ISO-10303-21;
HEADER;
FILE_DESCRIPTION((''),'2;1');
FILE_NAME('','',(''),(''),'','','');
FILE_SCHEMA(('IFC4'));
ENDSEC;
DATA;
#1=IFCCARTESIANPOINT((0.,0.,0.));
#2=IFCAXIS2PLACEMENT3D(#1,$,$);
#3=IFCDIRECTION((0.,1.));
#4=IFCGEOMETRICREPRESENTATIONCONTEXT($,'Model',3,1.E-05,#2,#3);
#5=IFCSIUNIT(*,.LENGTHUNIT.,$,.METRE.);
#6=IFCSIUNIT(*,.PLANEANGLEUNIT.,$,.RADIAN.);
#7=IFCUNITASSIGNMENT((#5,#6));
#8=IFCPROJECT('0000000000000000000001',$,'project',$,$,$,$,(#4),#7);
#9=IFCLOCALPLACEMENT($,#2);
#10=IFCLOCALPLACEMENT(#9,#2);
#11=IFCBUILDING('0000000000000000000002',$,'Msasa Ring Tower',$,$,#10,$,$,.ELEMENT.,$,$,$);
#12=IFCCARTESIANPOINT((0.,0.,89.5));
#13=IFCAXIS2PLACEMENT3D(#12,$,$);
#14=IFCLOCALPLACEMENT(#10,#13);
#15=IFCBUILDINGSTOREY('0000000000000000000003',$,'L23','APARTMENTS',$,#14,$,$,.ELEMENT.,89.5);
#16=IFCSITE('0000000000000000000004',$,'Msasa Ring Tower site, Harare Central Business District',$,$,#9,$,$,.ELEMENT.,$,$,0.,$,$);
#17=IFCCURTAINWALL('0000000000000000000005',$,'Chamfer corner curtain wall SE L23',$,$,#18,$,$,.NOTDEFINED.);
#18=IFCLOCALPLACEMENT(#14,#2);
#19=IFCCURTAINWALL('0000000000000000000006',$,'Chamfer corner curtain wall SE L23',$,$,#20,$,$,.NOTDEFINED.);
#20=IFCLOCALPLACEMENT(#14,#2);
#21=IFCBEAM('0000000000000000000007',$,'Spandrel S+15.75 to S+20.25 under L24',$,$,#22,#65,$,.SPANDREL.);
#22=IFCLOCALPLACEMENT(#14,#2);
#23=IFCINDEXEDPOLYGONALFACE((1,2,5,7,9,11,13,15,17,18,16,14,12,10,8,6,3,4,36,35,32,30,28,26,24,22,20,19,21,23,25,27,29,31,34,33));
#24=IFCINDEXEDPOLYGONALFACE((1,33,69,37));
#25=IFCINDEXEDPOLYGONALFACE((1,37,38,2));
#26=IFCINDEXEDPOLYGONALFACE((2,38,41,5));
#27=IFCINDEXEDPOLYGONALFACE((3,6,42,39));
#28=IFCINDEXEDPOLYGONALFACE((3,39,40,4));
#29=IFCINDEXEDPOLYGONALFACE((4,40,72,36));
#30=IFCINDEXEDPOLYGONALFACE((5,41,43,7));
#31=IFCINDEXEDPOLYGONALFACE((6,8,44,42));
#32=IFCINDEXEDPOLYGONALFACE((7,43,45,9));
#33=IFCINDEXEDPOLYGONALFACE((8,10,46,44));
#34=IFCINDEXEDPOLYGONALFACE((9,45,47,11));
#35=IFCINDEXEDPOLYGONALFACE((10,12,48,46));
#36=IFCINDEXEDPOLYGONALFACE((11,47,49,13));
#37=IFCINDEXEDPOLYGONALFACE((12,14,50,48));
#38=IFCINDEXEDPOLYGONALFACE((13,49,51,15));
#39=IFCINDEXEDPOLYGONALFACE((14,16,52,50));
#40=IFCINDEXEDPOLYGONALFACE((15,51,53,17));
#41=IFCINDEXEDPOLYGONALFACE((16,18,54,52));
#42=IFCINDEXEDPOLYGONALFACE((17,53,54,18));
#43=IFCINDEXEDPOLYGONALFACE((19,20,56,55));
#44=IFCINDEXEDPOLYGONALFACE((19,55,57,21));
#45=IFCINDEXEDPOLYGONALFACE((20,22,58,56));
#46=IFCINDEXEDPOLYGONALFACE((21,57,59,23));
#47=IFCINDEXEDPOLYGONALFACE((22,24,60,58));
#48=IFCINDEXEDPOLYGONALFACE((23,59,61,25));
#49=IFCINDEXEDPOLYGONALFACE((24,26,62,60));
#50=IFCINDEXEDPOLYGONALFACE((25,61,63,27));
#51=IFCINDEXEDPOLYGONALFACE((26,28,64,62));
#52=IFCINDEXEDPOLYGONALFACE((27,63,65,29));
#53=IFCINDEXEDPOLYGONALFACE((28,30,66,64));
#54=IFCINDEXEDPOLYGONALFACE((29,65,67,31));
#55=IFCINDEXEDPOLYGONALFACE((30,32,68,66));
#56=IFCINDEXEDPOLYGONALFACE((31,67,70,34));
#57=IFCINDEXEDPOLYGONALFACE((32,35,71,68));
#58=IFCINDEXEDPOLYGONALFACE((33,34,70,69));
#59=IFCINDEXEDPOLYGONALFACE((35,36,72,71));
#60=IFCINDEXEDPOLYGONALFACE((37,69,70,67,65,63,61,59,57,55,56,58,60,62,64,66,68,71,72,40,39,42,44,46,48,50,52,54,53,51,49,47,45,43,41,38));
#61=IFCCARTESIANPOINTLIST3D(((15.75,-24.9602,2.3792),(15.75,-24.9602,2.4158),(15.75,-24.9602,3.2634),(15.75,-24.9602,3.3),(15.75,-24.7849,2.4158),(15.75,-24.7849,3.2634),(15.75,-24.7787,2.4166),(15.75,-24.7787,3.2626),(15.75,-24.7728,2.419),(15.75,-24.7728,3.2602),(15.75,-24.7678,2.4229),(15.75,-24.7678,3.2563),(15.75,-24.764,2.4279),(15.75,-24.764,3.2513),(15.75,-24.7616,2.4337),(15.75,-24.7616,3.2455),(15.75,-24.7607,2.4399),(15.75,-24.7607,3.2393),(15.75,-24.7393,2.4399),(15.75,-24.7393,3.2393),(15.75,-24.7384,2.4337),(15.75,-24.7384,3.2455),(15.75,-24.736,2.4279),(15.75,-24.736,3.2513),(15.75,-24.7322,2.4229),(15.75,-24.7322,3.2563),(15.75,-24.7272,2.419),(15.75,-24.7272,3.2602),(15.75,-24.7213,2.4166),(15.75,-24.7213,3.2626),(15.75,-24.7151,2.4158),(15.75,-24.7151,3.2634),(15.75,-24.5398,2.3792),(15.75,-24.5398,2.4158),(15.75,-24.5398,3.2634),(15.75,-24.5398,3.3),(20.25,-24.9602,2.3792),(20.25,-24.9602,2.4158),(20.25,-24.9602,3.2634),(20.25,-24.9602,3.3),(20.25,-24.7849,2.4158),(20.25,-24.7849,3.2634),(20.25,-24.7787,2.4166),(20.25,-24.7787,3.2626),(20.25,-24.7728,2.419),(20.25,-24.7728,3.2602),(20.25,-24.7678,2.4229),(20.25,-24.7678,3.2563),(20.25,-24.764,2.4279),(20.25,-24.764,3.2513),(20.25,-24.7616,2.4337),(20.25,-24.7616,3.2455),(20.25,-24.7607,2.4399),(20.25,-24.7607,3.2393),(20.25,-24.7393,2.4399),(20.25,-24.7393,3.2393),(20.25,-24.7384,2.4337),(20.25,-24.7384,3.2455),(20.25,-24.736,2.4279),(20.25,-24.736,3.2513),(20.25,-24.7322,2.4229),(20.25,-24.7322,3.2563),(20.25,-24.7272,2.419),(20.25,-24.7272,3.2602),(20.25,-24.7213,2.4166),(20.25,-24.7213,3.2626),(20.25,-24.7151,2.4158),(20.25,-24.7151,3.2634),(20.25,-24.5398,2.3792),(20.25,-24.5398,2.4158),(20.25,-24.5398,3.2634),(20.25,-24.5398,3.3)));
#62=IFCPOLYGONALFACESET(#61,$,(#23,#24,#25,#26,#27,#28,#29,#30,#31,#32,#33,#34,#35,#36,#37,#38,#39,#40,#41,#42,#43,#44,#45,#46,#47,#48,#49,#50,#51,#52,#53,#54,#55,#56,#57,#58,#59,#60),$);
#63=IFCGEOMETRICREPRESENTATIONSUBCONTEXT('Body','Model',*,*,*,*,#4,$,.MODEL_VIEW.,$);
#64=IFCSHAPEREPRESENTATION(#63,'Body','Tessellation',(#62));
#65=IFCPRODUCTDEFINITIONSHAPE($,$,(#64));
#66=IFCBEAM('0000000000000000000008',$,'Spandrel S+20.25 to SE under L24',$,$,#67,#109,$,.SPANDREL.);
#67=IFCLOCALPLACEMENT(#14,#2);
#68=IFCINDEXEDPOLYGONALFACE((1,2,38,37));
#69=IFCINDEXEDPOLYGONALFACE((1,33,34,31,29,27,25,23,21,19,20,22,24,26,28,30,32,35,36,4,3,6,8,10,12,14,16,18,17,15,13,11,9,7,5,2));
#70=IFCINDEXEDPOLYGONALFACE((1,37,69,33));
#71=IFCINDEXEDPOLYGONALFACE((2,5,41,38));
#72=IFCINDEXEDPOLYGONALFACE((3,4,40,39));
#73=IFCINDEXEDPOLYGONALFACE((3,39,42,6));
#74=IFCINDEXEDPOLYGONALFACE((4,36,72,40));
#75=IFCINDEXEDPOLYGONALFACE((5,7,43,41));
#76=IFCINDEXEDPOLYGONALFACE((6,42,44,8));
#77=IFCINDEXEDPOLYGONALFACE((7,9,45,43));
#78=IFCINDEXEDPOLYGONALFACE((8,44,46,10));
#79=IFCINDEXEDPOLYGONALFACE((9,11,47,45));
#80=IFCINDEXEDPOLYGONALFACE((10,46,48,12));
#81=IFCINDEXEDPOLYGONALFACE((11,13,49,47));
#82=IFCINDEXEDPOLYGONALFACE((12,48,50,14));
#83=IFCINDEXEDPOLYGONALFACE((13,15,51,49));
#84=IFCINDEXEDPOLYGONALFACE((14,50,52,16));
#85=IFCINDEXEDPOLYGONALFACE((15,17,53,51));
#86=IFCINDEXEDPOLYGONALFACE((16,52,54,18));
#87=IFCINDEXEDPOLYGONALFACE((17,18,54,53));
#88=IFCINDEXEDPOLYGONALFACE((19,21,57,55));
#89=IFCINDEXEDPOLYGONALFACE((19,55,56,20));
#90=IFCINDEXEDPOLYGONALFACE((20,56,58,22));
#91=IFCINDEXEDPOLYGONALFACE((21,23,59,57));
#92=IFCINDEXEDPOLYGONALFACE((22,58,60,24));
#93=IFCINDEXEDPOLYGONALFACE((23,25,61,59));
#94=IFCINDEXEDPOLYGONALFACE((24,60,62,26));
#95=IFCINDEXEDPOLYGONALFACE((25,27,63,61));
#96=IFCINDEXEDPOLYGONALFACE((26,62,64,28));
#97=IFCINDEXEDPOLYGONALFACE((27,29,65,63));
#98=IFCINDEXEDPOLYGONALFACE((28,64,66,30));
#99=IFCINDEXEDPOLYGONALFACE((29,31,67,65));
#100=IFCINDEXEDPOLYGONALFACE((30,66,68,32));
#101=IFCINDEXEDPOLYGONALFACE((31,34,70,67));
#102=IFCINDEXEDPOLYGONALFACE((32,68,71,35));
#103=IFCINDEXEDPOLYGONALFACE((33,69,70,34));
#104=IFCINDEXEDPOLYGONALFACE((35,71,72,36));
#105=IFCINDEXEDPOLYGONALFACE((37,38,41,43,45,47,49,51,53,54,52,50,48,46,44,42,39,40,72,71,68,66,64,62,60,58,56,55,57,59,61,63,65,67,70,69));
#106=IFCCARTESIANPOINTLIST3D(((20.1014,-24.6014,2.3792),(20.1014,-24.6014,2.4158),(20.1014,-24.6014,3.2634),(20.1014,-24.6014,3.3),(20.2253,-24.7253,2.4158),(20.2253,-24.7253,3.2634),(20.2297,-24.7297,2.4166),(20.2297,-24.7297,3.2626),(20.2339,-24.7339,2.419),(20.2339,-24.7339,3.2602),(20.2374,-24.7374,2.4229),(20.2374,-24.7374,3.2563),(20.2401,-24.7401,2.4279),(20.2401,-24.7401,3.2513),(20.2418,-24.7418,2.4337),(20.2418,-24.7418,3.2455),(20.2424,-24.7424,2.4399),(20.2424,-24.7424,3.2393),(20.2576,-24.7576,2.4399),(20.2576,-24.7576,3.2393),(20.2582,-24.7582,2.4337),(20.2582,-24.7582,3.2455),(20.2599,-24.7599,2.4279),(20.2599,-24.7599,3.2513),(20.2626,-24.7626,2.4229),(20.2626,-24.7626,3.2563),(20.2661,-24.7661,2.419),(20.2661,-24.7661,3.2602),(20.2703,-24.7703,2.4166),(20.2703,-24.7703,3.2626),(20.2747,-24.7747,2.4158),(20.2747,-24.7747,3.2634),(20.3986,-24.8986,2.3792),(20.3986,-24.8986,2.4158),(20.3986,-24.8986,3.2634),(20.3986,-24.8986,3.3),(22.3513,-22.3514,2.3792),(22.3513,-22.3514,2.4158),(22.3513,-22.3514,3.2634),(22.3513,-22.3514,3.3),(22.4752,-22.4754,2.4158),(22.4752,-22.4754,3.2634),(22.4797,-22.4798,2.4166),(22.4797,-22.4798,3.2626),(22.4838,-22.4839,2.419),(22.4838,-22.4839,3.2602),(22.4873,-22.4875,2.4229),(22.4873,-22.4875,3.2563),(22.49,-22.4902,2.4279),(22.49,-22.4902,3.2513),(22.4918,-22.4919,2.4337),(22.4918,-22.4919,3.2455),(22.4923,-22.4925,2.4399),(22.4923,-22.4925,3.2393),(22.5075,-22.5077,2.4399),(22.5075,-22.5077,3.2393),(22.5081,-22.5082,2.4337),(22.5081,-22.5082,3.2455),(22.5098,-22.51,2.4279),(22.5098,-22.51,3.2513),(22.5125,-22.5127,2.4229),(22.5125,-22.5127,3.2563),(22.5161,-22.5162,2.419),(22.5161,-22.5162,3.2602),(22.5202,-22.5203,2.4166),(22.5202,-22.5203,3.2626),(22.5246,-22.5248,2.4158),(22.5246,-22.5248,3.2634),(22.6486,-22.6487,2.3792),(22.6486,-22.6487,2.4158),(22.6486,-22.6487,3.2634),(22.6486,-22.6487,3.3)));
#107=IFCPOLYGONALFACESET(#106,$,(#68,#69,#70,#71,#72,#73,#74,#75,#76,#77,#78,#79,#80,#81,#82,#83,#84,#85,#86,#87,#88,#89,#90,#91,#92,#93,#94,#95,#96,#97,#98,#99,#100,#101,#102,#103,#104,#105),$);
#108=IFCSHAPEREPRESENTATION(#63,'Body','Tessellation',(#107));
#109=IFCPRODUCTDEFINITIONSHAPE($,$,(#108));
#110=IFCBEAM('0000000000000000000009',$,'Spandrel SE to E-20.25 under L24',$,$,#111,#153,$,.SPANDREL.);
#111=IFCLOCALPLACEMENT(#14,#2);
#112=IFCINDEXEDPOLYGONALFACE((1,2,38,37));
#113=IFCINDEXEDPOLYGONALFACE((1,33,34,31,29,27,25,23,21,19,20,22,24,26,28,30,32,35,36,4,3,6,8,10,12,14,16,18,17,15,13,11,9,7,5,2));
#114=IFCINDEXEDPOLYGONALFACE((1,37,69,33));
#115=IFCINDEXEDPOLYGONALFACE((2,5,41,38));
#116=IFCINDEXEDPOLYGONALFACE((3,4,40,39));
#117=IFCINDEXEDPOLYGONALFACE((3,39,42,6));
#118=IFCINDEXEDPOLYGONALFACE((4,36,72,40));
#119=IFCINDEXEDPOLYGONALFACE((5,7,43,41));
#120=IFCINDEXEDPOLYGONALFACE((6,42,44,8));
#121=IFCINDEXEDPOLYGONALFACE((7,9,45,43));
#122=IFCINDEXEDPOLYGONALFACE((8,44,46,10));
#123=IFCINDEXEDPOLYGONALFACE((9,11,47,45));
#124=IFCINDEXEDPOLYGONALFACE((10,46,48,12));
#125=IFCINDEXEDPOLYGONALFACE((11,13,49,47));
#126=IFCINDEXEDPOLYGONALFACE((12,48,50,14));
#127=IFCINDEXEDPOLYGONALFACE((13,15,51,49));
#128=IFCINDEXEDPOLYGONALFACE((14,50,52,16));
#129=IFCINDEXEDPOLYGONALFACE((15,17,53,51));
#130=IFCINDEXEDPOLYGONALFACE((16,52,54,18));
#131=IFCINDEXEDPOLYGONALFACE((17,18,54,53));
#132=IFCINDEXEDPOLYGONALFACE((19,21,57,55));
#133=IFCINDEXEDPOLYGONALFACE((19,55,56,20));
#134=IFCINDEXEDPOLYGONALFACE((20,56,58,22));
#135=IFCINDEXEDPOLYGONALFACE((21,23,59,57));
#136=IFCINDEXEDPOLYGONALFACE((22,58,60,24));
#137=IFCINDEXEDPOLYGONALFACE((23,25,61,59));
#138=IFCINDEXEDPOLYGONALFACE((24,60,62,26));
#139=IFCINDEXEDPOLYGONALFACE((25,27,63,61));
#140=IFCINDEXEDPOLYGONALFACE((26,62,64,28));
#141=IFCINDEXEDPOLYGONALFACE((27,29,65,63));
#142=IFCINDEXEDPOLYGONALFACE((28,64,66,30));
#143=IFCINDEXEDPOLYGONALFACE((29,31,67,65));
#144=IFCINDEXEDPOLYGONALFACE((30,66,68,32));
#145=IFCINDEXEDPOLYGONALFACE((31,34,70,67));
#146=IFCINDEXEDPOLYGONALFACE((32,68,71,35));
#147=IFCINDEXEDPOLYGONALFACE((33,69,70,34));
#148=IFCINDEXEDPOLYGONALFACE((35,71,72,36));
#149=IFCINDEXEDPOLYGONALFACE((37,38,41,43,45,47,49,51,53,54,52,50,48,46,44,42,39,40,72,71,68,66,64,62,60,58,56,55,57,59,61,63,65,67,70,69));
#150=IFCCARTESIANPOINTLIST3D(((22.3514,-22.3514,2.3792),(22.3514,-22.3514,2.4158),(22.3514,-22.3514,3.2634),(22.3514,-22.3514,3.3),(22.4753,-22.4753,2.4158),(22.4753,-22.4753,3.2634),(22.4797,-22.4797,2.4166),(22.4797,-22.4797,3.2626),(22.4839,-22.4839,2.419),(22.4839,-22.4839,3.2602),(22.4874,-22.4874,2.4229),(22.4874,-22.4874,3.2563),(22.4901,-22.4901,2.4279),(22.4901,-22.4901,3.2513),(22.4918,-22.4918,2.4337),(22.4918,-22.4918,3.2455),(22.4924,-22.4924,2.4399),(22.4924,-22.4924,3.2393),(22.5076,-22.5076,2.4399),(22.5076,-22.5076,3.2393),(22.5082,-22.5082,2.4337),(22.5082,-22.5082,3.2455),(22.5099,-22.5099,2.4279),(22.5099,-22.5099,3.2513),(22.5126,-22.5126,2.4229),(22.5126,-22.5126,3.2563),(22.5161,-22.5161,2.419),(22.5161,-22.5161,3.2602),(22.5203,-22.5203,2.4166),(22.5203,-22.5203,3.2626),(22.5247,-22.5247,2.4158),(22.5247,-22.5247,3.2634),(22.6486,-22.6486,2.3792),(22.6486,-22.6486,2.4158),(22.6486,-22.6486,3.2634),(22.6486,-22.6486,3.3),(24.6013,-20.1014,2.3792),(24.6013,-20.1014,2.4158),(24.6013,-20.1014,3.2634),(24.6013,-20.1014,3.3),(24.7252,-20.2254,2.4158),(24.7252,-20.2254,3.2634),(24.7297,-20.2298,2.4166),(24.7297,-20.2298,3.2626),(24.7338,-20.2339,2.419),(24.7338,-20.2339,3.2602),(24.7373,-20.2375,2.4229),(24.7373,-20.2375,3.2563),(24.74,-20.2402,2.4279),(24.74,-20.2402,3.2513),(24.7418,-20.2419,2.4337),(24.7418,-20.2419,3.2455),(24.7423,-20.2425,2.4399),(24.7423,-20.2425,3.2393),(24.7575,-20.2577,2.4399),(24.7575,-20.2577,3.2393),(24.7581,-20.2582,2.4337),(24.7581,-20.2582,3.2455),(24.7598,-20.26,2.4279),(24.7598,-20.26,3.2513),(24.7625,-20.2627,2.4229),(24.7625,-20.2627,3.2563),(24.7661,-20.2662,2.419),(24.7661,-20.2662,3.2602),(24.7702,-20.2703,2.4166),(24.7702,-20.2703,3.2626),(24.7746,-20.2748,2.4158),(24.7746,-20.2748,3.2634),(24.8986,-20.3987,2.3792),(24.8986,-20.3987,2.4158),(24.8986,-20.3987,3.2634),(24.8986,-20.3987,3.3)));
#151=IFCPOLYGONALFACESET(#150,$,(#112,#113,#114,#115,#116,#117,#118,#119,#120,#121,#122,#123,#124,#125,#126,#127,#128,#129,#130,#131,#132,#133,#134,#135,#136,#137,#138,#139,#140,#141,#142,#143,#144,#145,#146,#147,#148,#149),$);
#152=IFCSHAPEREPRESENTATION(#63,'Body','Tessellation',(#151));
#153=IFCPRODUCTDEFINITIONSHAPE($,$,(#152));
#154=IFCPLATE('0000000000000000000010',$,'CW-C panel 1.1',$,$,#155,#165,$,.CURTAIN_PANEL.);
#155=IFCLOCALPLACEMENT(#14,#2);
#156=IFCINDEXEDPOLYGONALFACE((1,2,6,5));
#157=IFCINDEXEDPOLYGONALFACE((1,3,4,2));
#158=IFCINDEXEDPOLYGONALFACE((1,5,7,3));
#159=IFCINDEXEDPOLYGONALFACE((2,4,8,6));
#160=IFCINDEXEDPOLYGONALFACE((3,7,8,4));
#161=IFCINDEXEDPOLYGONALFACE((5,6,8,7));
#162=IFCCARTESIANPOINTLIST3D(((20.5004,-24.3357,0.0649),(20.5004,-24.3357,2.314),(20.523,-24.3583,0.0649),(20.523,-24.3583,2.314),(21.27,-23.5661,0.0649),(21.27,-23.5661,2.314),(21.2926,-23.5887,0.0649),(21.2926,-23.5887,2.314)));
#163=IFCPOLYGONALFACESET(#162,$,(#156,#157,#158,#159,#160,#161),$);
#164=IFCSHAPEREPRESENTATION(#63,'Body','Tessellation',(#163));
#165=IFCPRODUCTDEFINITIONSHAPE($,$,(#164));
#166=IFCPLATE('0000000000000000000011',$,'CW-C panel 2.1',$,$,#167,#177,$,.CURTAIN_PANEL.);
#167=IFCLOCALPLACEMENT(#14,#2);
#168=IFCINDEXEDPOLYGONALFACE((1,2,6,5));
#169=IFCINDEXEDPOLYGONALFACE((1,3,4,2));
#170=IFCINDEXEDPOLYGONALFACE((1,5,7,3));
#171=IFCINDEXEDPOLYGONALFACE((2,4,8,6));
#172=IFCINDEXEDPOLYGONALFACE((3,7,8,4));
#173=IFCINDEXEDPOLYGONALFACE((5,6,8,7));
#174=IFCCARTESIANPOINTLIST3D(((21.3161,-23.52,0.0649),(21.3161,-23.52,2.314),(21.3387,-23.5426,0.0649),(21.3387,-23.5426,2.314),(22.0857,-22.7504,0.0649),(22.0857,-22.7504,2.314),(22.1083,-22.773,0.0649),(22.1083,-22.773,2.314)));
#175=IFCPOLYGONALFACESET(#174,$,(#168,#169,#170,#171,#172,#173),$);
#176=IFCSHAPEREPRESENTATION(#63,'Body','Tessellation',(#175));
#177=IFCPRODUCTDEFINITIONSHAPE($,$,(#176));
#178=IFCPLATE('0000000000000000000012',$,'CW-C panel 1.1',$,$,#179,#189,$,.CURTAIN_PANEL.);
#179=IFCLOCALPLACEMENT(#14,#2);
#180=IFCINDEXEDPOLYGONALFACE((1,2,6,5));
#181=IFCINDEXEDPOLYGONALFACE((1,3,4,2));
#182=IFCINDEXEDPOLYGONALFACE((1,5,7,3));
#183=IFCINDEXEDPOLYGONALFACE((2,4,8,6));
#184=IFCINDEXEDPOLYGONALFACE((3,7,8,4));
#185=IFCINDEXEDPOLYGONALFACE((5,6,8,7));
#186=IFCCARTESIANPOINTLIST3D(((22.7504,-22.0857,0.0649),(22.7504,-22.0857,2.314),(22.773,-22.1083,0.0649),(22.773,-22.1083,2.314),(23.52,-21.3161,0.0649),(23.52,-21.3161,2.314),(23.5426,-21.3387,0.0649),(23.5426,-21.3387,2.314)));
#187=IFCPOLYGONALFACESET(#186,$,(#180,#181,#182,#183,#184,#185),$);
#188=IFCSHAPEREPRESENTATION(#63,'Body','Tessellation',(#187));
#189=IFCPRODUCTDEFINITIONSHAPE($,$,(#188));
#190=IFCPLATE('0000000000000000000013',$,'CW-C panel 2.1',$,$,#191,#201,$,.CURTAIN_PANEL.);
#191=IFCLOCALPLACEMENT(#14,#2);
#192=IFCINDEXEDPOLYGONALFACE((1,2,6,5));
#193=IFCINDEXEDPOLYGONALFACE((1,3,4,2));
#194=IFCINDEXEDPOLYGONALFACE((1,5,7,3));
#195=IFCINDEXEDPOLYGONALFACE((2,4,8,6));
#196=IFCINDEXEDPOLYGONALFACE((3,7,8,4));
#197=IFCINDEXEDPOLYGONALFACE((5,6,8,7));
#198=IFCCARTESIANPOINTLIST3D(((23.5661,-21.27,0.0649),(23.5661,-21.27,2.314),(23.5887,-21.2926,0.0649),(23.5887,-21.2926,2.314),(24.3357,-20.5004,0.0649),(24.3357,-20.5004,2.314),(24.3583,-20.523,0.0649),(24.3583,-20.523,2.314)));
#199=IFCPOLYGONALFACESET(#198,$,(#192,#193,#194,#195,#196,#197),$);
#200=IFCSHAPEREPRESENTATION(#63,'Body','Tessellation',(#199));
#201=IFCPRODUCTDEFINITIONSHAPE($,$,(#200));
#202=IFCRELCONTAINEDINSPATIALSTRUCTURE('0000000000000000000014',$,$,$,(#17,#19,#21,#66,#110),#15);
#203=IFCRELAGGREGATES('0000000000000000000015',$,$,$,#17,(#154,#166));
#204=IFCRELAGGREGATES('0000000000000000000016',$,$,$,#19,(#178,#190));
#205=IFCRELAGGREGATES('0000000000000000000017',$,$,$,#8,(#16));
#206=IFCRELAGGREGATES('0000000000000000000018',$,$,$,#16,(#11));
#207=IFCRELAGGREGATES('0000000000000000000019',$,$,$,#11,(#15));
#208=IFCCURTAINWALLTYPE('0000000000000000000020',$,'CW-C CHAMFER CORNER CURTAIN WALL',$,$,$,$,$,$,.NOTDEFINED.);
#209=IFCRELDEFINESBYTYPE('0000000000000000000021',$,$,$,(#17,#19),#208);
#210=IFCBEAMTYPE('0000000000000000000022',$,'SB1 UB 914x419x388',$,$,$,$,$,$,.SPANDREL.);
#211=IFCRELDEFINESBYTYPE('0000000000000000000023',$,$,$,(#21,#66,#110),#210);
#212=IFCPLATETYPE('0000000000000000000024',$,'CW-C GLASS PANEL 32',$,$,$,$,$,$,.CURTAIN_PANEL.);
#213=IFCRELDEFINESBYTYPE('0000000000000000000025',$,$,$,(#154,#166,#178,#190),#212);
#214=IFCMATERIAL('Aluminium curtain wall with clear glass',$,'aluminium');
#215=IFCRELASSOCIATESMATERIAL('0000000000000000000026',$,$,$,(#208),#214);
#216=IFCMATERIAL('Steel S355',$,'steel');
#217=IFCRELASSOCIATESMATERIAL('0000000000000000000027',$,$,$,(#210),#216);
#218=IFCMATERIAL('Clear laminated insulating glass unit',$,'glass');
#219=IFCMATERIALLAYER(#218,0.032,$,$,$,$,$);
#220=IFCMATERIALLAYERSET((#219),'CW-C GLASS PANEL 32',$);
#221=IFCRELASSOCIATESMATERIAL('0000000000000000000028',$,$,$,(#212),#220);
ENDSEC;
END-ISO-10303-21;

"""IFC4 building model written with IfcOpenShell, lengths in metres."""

from ifc_helpers import new_model, si_unit, direction, frame, origin, origin_2d, place, context, subcontext, project, spatial, rectangle, i_section, extrude, material, layer, layer_set, material_profile, profile_set, type_object, element, aggregate, save


model = new_model("IFC4")

# Units and contexts
model_context = context("Model", 3, precision=1e-05, world=origin(), true_north=direction((0.0, 1.0)))
body_context = subcontext(model_context, "Body", "Model", "MODEL_VIEW")
ifc_project = project(units=[si_unit("LENGTHUNIT", "METRE"), si_unit("PLANEANGLEUNIT", "RADIAN")], contexts=[model_context])

# Site, building, storey
site_placement = place(None, origin())
site = spatial("IfcSite", under=ifc_project, at=site_placement, Name="Msasa Ring Tower site, Harare Central Business District", CompositionType="ELEMENT", RefElevation=0.0)
building_placement = place(site_placement, origin())
building = spatial("IfcBuilding", under=site, at=building_placement, Name="Msasa Ring Tower", CompositionType="ELEMENT")
storey_placement = place(building_placement, frame((0.0, 0.0, 89.5)))
storey = spatial("IfcBuildingStorey", under=building, at=storey_placement, Name="L23", Description="APARTMENTS", CompositionType="ELEMENT", Elevation=89.5)

# Curtain walls
ifc_material_1 = material(Name="Aluminium curtain wall with clear glass", Category="aluminium")
curtain_wall_type = type_object("IfcCurtainWallType", Name="CW-C CHAMFER CORNER CURTAIN WALL", PredefinedType="NOTDEFINED", material=ifc_material_1)
curtain_wall_1_placement = place(storey_placement, origin())
curtain_wall_1 = element("IfcCurtainWall", 1, at=curtain_wall_1_placement, inside=storey, type_object=curtain_wall_type, Name="Chamfer corner curtain wall SE L23", PredefinedType="NOTDEFINED")
curtain_wall_2_placement = place(storey_placement, origin())
curtain_wall_2 = element("IfcCurtainWall", 2, at=curtain_wall_2_placement, inside=storey, type_object=curtain_wall_type, Name="Chamfer corner curtain wall SE L23", PredefinedType="NOTDEFINED")

# Beams
ifc_material_2 = material(Name="Steel S355", Category="steel")
ifc_material_profile_1 = material_profile(ifc_material_2, i_section(OverallWidth=0.4204, OverallDepth=0.9209, WebThickness=0.0215, FlangeThickness=0.0366, FilletRadius=0.0242, at=origin_2d()), Name="UB 914x419x388")
ifc_profile_set_1 = profile_set([ifc_material_profile_1], Name="Steel S355")
beam_type_1 = type_object("IfcBeamType", Name="SB1 UB 914x419x388", PredefinedType="SPANDREL", material=ifc_profile_set_1)
beam_1_placement = place(storey_placement, frame((15.75, -24.75, 2.8396), z_axis=(1.0, 0.0, 0.0), x_axis=(0.0, 1.0, 0.0)))
element("IfcBeam", 3, at=beam_1_placement, inside=storey, type_object=beam_type_1, Name="Spandrel S+15.75 to S+20.25 under L24", PredefinedType="SPANDREL", context=body_context, shape_type="SweptSolid", body=[
    extrude(i_section(OverallWidth=0.4204, OverallDepth=0.9209, WebThickness=0.0215, FlangeThickness=0.0366, FilletRadius=0.0242, at=origin_2d()), origin(), (0.0, 0.0, 1.0), 4.5),
])
for number, where, z_axis, x_axis, name in (
    (4, (20.25, -24.75, 2.8396), (0.707107, 0.707107, 0.0), (-0.707107, 0.707107, 0.0), "Spandrel S+20.25 to SE under L24"),
    (5, (22.5, -22.5, 2.8396), (0.707107, 0.707107, 0.0), (-0.707107, 0.707107, 0.0), "Spandrel SE to E-20.25 under L24"),
):
    element("IfcBeam", number, at=place(storey_placement, frame(where, z_axis=z_axis, x_axis=x_axis)), inside=storey, type_object=beam_type_1, Name=name, PredefinedType="SPANDREL", context=body_context, shape_type="SweptSolid", body=[
        extrude(i_section(OverallWidth=0.4204, OverallDepth=0.9209, WebThickness=0.0215, FlangeThickness=0.0366, FilletRadius=0.0242, at=origin_2d()), origin(), (0.0, 0.0, 1.0), 3.1819),
    ])

# Plates
ifc_material_3 = material(Name="Clear laminated insulating glass unit", Category="glass")
ifc_layer_1 = layer(ifc_material_3, 0.032)
ifc_layer_set_1 = layer_set([ifc_layer_1], Name="CW-C GLASS PANEL 32")
plate_type = type_object("IfcPlateType", Name="CW-C GLASS PANEL 32", PredefinedType="CURTAIN_PANEL", material=ifc_layer_set_1)
plate_1_placement = place(storey_placement, frame((20.8965, -23.9622, 0.0649), z_axis=(0.0, 0.0, 1.0), x_axis=(0.707107, 0.707107, 0.0)))
plate_1 = element("IfcPlate", 6, at=plate_1_placement, type_object=plate_type, Name="CW-C panel 1.1", PredefinedType="CURTAIN_PANEL", context=body_context, shape_type="SweptSolid", body=[
    extrude(rectangle(XDim=1.0884, YDim=0.032, at=origin_2d()), origin(), (0.0, 0.0, 1.0), 2.249),
])
plate_2_placement = place(storey_placement, frame((21.7122, -23.1465, 0.0649), z_axis=(0.0, 0.0, 1.0), x_axis=(0.707107, 0.707107, 0.0)))
plate_2 = element("IfcPlate", 7, at=plate_2_placement, type_object=plate_type, Name="CW-C panel 2.1", PredefinedType="CURTAIN_PANEL", context=body_context, shape_type="SweptSolid", body=[
    extrude(rectangle(XDim=1.0884, YDim=0.032, at=origin_2d()), origin(), (0.0, 0.0, 1.0), 2.249),
])
aggregate(curtain_wall_1, [plate_1, plate_2])
plate_3_placement = place(storey_placement, frame((23.1465, -21.7122, 0.0649), z_axis=(0.0, 0.0, 1.0), x_axis=(0.707107, 0.707107, 0.0)))
plate_3 = element("IfcPlate", 8, at=plate_3_placement, type_object=plate_type, Name="CW-C panel 1.1", PredefinedType="CURTAIN_PANEL", context=body_context, shape_type="SweptSolid", body=[
    extrude(rectangle(XDim=1.0884, YDim=0.032, at=origin_2d()), origin(), (0.0, 0.0, 1.0), 2.249),
])
plate_4_placement = place(storey_placement, frame((23.9622, -20.8965, 0.0649), z_axis=(0.0, 0.0, 1.0), x_axis=(0.707107, 0.707107, 0.0)))
plate_4 = element("IfcPlate", 9, at=plate_4_placement, type_object=plate_type, Name="CW-C panel 2.1", PredefinedType="CURTAIN_PANEL", context=body_context, shape_type="SweptSolid", body=[
    extrude(rectangle(XDim=1.0884, YDim=0.032, at=origin_2d()), origin(), (0.0, 0.0, 1.0), 2.249),
])
aggregate(curtain_wall_2, [plate_3, plate_4])

save(model, "model.ifc")
